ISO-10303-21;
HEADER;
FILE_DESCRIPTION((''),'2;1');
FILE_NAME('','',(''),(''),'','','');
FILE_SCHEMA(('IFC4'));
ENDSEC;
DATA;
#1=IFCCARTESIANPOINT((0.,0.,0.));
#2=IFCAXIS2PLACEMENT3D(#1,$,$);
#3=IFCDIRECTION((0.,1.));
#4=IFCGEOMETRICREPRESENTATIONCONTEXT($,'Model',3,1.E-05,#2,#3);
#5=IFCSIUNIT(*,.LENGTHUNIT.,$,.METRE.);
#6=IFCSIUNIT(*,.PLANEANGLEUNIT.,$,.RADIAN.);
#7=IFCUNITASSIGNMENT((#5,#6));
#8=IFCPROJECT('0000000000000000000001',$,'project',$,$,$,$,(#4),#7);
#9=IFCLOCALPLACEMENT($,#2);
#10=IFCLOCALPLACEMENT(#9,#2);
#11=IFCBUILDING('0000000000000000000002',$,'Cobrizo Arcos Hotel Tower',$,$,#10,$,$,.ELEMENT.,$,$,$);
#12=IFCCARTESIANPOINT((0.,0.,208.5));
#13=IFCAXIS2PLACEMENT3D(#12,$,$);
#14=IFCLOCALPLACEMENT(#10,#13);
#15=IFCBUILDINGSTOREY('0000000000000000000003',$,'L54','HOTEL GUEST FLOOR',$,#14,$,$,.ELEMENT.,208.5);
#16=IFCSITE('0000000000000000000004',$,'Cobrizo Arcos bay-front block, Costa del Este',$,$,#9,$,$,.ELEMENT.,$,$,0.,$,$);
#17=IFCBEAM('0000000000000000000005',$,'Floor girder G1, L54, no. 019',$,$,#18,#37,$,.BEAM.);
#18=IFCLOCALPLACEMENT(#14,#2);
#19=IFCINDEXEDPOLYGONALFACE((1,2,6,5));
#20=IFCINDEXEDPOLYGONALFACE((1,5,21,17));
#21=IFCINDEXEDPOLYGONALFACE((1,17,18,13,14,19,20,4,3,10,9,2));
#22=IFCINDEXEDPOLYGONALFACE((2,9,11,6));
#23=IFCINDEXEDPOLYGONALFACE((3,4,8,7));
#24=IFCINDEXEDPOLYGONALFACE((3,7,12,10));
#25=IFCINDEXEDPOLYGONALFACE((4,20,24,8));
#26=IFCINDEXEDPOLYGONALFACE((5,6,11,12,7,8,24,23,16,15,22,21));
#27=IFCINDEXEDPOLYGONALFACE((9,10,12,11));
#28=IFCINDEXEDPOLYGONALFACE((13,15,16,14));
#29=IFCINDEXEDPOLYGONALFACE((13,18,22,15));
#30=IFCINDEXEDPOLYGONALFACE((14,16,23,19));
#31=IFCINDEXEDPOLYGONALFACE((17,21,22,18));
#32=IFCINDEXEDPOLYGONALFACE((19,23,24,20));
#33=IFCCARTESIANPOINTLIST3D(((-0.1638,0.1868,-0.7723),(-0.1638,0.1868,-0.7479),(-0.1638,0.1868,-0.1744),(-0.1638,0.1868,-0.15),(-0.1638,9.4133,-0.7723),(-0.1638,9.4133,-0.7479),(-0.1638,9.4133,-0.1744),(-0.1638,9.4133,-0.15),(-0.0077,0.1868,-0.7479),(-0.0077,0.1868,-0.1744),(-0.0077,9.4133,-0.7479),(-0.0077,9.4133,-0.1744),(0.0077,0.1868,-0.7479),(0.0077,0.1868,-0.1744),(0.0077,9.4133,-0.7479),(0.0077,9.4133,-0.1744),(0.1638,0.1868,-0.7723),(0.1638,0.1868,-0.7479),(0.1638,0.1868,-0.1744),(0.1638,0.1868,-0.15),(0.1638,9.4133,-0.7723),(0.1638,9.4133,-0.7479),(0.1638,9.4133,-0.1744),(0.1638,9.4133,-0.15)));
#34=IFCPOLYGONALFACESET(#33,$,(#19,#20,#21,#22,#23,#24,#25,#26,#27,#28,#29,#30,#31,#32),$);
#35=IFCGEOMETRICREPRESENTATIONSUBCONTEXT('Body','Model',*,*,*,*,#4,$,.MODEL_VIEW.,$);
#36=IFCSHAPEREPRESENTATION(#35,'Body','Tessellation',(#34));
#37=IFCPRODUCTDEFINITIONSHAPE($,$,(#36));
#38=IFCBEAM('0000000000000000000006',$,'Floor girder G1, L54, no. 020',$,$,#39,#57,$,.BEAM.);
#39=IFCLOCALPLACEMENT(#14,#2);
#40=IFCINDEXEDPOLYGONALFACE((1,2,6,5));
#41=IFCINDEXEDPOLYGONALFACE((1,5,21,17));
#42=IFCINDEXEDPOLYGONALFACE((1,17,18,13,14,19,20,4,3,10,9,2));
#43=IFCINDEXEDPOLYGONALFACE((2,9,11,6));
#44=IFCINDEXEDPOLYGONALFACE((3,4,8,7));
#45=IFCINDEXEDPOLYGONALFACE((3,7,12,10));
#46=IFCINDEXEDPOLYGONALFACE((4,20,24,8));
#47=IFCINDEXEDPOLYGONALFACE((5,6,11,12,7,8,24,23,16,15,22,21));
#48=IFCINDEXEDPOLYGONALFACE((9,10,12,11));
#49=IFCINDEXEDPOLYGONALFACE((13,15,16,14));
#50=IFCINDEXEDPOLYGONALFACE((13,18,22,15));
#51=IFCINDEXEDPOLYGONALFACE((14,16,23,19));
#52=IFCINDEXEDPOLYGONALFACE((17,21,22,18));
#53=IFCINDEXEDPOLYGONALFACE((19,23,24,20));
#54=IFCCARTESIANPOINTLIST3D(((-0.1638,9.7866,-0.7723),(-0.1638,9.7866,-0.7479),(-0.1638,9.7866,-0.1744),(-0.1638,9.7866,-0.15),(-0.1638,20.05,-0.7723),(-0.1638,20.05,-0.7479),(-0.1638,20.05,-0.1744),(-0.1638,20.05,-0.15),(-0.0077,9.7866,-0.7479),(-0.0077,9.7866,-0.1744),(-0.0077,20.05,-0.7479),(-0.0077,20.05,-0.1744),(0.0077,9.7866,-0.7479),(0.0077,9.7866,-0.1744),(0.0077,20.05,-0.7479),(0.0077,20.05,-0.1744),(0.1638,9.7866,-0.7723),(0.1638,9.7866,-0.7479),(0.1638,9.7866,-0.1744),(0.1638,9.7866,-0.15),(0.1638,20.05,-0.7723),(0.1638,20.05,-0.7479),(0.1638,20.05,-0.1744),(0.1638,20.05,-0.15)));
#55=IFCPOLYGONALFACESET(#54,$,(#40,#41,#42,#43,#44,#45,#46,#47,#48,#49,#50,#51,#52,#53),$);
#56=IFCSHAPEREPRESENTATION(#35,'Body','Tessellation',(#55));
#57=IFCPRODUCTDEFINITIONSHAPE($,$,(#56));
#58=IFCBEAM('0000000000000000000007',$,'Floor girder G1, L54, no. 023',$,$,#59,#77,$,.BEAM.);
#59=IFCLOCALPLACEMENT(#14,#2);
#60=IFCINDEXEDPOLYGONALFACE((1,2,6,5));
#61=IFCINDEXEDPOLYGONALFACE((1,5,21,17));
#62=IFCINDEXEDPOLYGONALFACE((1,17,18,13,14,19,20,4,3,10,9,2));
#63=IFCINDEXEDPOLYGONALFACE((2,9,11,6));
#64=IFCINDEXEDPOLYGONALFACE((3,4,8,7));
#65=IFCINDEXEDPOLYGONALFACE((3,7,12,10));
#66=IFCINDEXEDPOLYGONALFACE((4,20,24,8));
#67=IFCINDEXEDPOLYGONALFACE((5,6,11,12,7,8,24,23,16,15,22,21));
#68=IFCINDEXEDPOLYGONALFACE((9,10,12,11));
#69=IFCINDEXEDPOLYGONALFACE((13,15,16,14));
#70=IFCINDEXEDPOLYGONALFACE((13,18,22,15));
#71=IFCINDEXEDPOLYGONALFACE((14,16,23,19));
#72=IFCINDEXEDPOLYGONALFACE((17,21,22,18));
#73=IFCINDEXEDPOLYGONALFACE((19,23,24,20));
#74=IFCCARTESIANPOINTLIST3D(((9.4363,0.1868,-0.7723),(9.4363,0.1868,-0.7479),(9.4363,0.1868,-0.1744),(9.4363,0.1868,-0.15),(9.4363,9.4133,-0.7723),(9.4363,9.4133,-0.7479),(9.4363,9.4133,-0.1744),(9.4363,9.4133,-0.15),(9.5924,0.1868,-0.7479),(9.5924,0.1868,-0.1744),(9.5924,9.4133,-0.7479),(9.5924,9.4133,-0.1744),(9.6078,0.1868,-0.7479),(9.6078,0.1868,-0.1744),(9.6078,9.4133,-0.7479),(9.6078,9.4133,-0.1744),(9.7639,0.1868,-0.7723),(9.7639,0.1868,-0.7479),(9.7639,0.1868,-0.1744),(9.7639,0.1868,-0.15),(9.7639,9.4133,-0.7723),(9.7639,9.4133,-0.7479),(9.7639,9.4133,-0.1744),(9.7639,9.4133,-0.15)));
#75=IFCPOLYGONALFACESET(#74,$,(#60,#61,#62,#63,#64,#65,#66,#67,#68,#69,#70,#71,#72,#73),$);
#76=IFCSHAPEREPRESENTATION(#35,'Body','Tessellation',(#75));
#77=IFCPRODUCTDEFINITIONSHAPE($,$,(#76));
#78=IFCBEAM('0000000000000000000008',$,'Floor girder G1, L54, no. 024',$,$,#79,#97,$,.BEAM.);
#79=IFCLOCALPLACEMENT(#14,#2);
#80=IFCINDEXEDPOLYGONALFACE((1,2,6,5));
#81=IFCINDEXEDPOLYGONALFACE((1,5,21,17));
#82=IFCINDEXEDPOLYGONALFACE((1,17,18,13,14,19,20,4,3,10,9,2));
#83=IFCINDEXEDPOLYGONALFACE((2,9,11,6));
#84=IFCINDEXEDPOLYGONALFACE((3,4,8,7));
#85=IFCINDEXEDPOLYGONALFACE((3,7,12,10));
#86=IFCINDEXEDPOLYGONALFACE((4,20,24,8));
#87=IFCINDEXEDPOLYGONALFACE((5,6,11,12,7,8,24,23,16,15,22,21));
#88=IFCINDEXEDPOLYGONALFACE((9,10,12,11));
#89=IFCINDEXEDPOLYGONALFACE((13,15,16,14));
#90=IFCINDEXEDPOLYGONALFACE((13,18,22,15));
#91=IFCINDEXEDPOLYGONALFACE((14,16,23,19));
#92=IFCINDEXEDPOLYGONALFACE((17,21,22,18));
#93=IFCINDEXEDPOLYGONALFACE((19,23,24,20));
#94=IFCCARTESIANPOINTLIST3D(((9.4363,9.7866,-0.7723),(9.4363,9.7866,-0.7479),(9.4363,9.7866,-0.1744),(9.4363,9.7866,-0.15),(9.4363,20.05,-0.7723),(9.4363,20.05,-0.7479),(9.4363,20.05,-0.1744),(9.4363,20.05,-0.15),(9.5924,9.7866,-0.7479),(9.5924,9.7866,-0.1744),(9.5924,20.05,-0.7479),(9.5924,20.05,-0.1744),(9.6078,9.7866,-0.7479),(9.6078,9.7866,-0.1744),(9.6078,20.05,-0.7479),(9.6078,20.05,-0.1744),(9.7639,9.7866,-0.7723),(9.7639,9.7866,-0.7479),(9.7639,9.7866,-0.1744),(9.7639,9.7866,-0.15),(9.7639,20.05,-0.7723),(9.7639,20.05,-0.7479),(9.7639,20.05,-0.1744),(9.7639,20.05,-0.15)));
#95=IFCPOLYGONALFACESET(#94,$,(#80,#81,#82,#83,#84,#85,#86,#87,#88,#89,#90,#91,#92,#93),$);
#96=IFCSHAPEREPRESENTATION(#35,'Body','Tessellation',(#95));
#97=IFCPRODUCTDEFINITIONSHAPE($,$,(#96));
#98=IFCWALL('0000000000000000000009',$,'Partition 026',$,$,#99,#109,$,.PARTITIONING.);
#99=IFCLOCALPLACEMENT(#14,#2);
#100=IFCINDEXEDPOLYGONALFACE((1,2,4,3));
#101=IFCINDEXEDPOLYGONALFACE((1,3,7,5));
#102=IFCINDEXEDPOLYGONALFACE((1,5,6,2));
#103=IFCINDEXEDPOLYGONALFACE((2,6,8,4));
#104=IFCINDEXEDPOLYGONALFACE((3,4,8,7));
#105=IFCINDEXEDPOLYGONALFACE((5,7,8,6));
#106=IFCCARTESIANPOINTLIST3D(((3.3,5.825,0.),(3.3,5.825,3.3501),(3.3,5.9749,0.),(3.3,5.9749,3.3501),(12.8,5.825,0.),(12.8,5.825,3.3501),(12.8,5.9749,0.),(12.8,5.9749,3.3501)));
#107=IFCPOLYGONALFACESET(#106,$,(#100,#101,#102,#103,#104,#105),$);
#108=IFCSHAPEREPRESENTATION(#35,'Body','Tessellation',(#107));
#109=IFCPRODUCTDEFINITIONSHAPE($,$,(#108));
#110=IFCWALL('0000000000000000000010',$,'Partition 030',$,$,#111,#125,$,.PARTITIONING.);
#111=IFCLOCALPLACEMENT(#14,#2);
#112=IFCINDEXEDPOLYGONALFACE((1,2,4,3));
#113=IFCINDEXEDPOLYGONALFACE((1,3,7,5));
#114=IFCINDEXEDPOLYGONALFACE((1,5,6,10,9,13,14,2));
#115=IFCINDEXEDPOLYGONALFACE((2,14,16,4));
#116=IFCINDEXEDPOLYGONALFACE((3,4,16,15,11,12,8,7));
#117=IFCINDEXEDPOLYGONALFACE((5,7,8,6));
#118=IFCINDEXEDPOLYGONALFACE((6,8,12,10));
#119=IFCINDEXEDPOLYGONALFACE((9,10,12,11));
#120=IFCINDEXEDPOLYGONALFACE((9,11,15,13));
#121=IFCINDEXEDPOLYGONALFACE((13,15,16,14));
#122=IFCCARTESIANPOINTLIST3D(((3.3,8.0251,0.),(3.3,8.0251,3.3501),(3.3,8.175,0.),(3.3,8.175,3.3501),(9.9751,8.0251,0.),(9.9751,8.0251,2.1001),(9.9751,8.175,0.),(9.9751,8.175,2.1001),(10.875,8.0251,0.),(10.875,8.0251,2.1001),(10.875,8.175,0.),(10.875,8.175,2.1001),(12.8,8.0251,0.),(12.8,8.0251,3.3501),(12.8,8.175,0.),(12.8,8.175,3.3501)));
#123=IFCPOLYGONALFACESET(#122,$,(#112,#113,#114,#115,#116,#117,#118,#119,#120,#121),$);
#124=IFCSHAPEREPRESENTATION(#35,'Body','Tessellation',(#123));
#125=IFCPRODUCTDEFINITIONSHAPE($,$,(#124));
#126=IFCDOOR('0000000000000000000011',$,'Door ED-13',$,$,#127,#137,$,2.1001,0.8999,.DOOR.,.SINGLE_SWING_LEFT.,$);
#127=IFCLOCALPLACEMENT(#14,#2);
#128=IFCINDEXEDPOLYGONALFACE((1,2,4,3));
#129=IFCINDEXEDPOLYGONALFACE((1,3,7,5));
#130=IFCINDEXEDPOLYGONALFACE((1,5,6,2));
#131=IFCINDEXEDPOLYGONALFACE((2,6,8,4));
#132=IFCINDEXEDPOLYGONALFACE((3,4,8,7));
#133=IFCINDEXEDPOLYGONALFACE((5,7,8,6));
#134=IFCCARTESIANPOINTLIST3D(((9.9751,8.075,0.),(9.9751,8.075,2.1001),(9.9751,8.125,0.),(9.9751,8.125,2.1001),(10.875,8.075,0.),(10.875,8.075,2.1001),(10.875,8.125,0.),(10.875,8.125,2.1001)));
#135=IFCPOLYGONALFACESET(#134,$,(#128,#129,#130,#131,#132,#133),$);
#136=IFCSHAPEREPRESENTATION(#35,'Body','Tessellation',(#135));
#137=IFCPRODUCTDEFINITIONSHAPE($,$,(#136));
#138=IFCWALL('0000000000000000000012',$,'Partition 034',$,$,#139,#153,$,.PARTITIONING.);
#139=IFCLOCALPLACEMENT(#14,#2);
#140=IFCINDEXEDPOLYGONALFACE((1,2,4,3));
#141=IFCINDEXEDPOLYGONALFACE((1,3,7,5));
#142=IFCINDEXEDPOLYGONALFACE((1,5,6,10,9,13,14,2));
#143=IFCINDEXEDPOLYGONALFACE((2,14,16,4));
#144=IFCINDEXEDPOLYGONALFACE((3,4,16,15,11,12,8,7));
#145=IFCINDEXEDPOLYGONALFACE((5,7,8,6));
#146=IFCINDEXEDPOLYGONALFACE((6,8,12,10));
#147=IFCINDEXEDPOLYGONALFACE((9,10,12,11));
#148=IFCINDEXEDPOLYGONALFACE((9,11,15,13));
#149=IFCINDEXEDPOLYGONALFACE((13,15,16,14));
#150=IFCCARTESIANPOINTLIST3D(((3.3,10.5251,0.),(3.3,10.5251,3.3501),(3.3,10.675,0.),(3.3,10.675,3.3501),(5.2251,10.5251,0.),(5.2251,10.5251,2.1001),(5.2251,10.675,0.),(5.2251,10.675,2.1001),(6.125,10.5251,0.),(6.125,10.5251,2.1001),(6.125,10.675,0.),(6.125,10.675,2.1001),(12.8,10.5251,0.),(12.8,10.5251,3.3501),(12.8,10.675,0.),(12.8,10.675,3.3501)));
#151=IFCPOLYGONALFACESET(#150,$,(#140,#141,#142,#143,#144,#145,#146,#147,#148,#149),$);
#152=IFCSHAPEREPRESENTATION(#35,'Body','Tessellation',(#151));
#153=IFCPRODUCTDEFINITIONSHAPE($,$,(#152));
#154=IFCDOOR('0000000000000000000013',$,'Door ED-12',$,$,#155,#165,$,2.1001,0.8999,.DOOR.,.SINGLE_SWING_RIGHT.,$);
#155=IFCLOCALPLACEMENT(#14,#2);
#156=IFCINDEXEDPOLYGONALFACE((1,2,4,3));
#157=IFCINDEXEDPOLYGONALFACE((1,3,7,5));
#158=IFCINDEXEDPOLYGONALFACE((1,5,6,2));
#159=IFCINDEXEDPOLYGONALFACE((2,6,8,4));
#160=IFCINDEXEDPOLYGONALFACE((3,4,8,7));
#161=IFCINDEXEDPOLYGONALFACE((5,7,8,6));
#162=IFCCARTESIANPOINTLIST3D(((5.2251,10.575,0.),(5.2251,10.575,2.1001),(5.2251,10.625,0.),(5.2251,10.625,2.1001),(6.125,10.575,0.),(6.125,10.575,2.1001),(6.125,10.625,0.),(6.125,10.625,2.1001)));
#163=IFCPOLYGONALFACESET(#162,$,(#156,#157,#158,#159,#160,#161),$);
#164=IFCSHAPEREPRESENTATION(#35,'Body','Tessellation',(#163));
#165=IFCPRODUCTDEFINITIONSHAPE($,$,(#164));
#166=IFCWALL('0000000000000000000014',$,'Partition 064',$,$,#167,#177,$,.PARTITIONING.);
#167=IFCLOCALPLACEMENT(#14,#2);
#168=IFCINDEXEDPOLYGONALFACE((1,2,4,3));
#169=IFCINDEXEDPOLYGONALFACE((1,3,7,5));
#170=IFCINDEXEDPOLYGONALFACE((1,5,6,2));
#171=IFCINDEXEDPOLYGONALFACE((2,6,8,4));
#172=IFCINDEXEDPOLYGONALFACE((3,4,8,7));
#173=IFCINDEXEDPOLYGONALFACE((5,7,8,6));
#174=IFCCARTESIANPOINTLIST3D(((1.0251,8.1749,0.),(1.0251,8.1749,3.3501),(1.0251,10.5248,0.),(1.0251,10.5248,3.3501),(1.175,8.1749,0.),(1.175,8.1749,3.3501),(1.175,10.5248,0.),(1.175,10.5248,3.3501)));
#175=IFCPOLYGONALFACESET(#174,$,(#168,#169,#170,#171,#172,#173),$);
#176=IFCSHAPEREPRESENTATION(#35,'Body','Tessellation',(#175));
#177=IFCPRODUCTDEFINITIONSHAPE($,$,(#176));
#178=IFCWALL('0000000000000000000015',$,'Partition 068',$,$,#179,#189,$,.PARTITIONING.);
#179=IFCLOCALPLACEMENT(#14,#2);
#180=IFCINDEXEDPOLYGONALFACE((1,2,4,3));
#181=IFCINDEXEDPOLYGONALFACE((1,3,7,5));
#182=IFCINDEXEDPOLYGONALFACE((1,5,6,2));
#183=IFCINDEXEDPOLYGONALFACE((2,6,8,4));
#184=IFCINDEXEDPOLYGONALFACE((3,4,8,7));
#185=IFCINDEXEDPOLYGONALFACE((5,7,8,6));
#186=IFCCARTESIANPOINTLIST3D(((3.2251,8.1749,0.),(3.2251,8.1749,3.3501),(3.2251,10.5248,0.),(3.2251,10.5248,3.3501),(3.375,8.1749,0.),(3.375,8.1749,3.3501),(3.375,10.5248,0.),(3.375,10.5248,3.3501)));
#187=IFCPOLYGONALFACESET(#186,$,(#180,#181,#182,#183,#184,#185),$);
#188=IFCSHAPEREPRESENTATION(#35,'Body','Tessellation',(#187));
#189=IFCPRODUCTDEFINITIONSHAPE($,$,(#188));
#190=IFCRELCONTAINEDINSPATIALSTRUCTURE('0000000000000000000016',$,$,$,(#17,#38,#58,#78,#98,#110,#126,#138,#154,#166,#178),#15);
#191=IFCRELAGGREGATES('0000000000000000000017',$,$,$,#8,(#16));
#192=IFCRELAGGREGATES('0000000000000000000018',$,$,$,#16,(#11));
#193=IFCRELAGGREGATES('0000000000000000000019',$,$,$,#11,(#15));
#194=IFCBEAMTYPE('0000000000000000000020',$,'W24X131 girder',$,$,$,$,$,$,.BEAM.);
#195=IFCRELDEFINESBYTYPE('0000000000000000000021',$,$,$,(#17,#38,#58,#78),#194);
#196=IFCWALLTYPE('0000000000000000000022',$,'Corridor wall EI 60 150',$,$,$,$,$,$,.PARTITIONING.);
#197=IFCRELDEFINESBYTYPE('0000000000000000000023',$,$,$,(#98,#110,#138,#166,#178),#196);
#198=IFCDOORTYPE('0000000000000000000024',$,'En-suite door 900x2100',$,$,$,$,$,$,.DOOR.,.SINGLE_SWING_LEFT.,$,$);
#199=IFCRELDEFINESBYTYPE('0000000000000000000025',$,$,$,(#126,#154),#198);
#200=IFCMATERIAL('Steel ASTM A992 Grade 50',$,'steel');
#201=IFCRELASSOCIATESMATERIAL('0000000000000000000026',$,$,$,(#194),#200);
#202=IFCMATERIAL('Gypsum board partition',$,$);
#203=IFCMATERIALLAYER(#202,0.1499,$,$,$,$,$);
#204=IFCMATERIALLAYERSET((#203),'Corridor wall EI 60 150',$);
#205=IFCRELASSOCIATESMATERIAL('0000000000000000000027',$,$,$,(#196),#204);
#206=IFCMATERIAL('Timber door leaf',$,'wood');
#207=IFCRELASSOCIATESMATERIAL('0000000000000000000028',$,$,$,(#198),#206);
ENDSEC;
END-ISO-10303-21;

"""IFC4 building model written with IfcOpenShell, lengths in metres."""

from ifc_helpers import new_model, si_unit, direction, frame, frame_2d, origin, origin_2d, place, context, subcontext, project, spatial, rectangle, i_section, extrude, material, layer, layer_set, material_profile, profile_set, type_object, element, fill, save


model = new_model("IFC4")

# Units and contexts
model_context = context("Model", 3, precision=1e-05, world=origin(), true_north=direction((0.0, 1.0)))
body_context = subcontext(model_context, "Body", "Model", "MODEL_VIEW")
ifc_project = project(units=[si_unit("LENGTHUNIT", "METRE"), si_unit("PLANEANGLEUNIT", "RADIAN")], contexts=[model_context])

# Site, building, storey
site_placement = place(None, origin())
site = spatial("IfcSite", under=ifc_project, at=site_placement, Name="Cobrizo Arcos bay-front block, Costa del Este", CompositionType="ELEMENT", RefElevation=0.0)
building_placement = place(site_placement, origin())
building = spatial("IfcBuilding", under=site, at=building_placement, Name="Cobrizo Arcos Hotel Tower", CompositionType="ELEMENT")
storey_placement = place(building_placement, frame((0.0, 0.0, 208.5)))
storey = spatial("IfcBuildingStorey", under=building, at=storey_placement, Name="L54", Description="HOTEL GUEST FLOOR", CompositionType="ELEMENT", Elevation=208.5)

# Shared definitions
ifc_material_1 = material(Name="Steel ASTM A992 Grade 50", Category="steel")

# Beams
ifc_material_profile_1 = material_profile(ifc_material_1, i_section(OverallWidth=0.3276, OverallDepth=0.6223, WebThickness=0.0154, FlangeThickness=0.0244, at=origin_2d()), Name="W24X131")
ifc_profile_set_1 = profile_set([ifc_material_profile_1], Name="Steel ASTM A992 Grade 50")
beam_type_1 = type_object("IfcBeamType", Name="W24X131 girder", PredefinedType="BEAM", material=ifc_profile_set_1)
beam_1_placement = place(storey_placement, frame((0.0, 0.1868, -0.4612), z_axis=(0.0, 1.0, 0.0), x_axis=(-1.0, 0.0, 0.0)))
element("IfcBeam", 1, at=beam_1_placement, inside=storey, type_object=beam_type_1, Name="Floor girder G1, L54, no. 019", PredefinedType="BEAM", context=body_context, shape_type="SweptSolid", body=[
    extrude(i_section(OverallWidth=0.3276, OverallDepth=0.6223, WebThickness=0.0154, FlangeThickness=0.0244, at=origin_2d()), origin(), (0.0, 0.0, 1.0), 9.2266),
])
beam_2_placement = place(storey_placement, frame((0.0, 9.7866, -0.4612), z_axis=(0.0, 1.0, 0.0), x_axis=(-1.0, 0.0, 0.0)))
element("IfcBeam", 2, at=beam_2_placement, inside=storey, type_object=beam_type_1, Name="Floor girder G1, L54, no. 020", PredefinedType="BEAM", context=body_context, shape_type="SweptSolid", body=[
    extrude(i_section(OverallWidth=0.3276, OverallDepth=0.6223, WebThickness=0.0154, FlangeThickness=0.0244, at=origin_2d()), origin(), (0.0, 0.0, 1.0), 10.2634),
])
beam_3_placement = place(storey_placement, frame((9.6001, 0.1868, -0.4612), z_axis=(0.0, 1.0, 0.0), x_axis=(-1.0, 0.0, 0.0)))
element("IfcBeam", 3, at=beam_3_placement, inside=storey, type_object=beam_type_1, Name="Floor girder G1, L54, no. 023", PredefinedType="BEAM", context=body_context, shape_type="SweptSolid", body=[
    extrude(i_section(OverallWidth=0.3276, OverallDepth=0.6223, WebThickness=0.0154, FlangeThickness=0.0244, at=origin_2d()), origin(), (0.0, 0.0, 1.0), 9.2266),
])
beam_4_placement = place(storey_placement, frame((9.6001, 9.7866, -0.4612), z_axis=(0.0, 1.0, 0.0), x_axis=(-1.0, 0.0, 0.0)))
element("IfcBeam", 4, at=beam_4_placement, inside=storey, type_object=beam_type_1, Name="Floor girder G1, L54, no. 024", PredefinedType="BEAM", context=body_context, shape_type="SweptSolid", body=[
    extrude(i_section(OverallWidth=0.3276, OverallDepth=0.6223, WebThickness=0.0154, FlangeThickness=0.0244, at=origin_2d()), origin(), (0.0, 0.0, 1.0), 10.2634),
])

# Wall
ifc_material_2 = material(Name="Gypsum board partition")
ifc_layer_1 = layer(ifc_material_2, 0.1499)
ifc_layer_set_1 = layer_set([ifc_layer_1], Name="Corridor wall EI 60 150")
wall_type_1 = type_object("IfcWallType", Name="Corridor wall EI 60 150", PredefinedType="PARTITIONING", material=ifc_layer_set_1)
wall_1_placement = place(storey_placement, frame((3.3, 5.8999, 0.0), z_axis=(0.0, 0.0, 1.0), x_axis=(1.0, 0.0, 0.0)))
element("IfcWall", 5, at=wall_1_placement, inside=storey, type_object=wall_type_1, Name="Partition 026", PredefinedType="PARTITIONING", context=body_context, shape_type="SweptSolid", body=[
    extrude(rectangle(XDim=9.5, YDim=0.1499, at=frame_2d((4.75, 0.0))), origin(), (0.0, 0.0, 1.0), 3.3501),
])

# Walls, openings, doors
wall_2_placement = place(storey_placement, frame((3.3, 8.1001, 0.0), z_axis=(0.0, 0.0, 1.0), x_axis=(1.0, 0.0, 0.0)))
wall_2 = element("IfcWall", 6, at=wall_2_placement, inside=storey, type_object=wall_type_1, Name="Partition 030", PredefinedType="PARTITIONING", context=body_context, shape_type="SweptSolid", body=[
    extrude(rectangle(XDim=9.5, YDim=0.1499, at=frame_2d((4.75, 0.0))), origin(), (0.0, 0.0, 1.0), 3.3501),
])
opening_1_placement = place(wall_2_placement, frame((6.675, 0.0, 0.0)))
opening_1 = element("IfcOpeningElement", 7, at=opening_1_placement, cuts=wall_2, PredefinedType="OPENING", context=body_context, shape_type="SweptSolid", body=[
    extrude(rectangle(XDim=0.8999, YDim=2.1001, at=frame_2d((0.45, 1.05))), frame((0.0, 0.0869, 0.0), z_axis=(0.0, -1.0, 0.0), x_axis=(1.0, 0.0, 0.0)), (0.0, 0.0, 1.0), 0.1738),
])
ifc_material_3 = material(Name="Timber door leaf", Category="wood")
door_type_1 = type_object("IfcDoorType", Name="En-suite door 900x2100", OperationType="SINGLE_SWING_LEFT", PredefinedType="DOOR", material=ifc_material_3)
door_1_placement = place(opening_1_placement, origin())
door_1 = element("IfcDoor", 8, at=door_1_placement, inside=storey, type_object=door_type_1, Name="Door ED-13", OperationType="SINGLE_SWING_LEFT", OverallHeight=2.1001, OverallWidth=0.8999, PredefinedType="DOOR", context=body_context, shape_type="SweptSolid", body=[
    extrude(rectangle(XDim=0.8999, YDim=2.1001, at=frame_2d((0.45, 1.05))), frame((0.0, 0.0249, 0.0), z_axis=(0.0, -1.0, 0.0), x_axis=(1.0, 0.0, 0.0)), (0.0, 0.0, 1.0), 0.05),
])
fill(opening_1, door_1)
wall_3_placement = place(storey_placement, frame((3.3, 10.6001, 0.0), z_axis=(0.0, 0.0, 1.0), x_axis=(1.0, 0.0, 0.0)))
wall_3 = element("IfcWall", 9, at=wall_3_placement, inside=storey, type_object=wall_type_1, Name="Partition 034", PredefinedType="PARTITIONING", context=body_context, shape_type="SweptSolid", body=[
    extrude(rectangle(XDim=9.5, YDim=0.1499, at=frame_2d((4.75, 0.0))), origin(), (0.0, 0.0, 1.0), 3.3501),
])
opening_2_placement = place(wall_3_placement, frame((1.925, 0.0, 0.0)))
opening_2 = element("IfcOpeningElement", 10, at=opening_2_placement, cuts=wall_3, PredefinedType="OPENING", context=body_context, shape_type="SweptSolid", body=[
    extrude(rectangle(XDim=0.8999, YDim=2.1001, at=frame_2d((0.45, 1.05))), frame((0.0, 0.0869, 0.0), z_axis=(0.0, -1.0, 0.0), x_axis=(1.0, 0.0, 0.0)), (0.0, 0.0, 1.0), 0.1738),
])
door_2_placement = place(opening_2_placement, origin())
door_2 = element("IfcDoor", 11, at=door_2_placement, inside=storey, type_object=door_type_1, Name="Door ED-12", OperationType="SINGLE_SWING_RIGHT", OverallHeight=2.1001, OverallWidth=0.8999, PredefinedType="DOOR", context=body_context, shape_type="SweptSolid", body=[
    extrude(rectangle(XDim=0.8999, YDim=2.1001, at=frame_2d((0.45, 1.05))), frame((0.0, 0.0249, 0.0), z_axis=(0.0, -1.0, 0.0), x_axis=(1.0, 0.0, 0.0)), (0.0, 0.0, 1.0), 0.05),
])
fill(opening_2, door_2)

# Walls
for number, where, z_axis, x_axis, name in (
    (12, (1.1001, 8.175, 0.0), (0.0, 0.0, 1.0), (0.0, 1.0, 0.0), "Partition 064"),
    (13, (3.3, 8.175, 0.0), (0.0, 0.0, 1.0), (0.0, 1.0, 0.0), "Partition 068"),
):
    element("IfcWall", number, at=place(storey_placement, frame(where, z_axis=z_axis, x_axis=x_axis)), inside=storey, type_object=wall_type_1, Name=name, PredefinedType="PARTITIONING", context=body_context, shape_type="SweptSolid", body=[
        extrude(rectangle(XDim=2.3499, YDim=0.1499, at=frame_2d((1.1748, 0.0))), origin(), (0.0, 0.0, 1.0), 3.3501),
    ])

save(model, "model.ifc")
